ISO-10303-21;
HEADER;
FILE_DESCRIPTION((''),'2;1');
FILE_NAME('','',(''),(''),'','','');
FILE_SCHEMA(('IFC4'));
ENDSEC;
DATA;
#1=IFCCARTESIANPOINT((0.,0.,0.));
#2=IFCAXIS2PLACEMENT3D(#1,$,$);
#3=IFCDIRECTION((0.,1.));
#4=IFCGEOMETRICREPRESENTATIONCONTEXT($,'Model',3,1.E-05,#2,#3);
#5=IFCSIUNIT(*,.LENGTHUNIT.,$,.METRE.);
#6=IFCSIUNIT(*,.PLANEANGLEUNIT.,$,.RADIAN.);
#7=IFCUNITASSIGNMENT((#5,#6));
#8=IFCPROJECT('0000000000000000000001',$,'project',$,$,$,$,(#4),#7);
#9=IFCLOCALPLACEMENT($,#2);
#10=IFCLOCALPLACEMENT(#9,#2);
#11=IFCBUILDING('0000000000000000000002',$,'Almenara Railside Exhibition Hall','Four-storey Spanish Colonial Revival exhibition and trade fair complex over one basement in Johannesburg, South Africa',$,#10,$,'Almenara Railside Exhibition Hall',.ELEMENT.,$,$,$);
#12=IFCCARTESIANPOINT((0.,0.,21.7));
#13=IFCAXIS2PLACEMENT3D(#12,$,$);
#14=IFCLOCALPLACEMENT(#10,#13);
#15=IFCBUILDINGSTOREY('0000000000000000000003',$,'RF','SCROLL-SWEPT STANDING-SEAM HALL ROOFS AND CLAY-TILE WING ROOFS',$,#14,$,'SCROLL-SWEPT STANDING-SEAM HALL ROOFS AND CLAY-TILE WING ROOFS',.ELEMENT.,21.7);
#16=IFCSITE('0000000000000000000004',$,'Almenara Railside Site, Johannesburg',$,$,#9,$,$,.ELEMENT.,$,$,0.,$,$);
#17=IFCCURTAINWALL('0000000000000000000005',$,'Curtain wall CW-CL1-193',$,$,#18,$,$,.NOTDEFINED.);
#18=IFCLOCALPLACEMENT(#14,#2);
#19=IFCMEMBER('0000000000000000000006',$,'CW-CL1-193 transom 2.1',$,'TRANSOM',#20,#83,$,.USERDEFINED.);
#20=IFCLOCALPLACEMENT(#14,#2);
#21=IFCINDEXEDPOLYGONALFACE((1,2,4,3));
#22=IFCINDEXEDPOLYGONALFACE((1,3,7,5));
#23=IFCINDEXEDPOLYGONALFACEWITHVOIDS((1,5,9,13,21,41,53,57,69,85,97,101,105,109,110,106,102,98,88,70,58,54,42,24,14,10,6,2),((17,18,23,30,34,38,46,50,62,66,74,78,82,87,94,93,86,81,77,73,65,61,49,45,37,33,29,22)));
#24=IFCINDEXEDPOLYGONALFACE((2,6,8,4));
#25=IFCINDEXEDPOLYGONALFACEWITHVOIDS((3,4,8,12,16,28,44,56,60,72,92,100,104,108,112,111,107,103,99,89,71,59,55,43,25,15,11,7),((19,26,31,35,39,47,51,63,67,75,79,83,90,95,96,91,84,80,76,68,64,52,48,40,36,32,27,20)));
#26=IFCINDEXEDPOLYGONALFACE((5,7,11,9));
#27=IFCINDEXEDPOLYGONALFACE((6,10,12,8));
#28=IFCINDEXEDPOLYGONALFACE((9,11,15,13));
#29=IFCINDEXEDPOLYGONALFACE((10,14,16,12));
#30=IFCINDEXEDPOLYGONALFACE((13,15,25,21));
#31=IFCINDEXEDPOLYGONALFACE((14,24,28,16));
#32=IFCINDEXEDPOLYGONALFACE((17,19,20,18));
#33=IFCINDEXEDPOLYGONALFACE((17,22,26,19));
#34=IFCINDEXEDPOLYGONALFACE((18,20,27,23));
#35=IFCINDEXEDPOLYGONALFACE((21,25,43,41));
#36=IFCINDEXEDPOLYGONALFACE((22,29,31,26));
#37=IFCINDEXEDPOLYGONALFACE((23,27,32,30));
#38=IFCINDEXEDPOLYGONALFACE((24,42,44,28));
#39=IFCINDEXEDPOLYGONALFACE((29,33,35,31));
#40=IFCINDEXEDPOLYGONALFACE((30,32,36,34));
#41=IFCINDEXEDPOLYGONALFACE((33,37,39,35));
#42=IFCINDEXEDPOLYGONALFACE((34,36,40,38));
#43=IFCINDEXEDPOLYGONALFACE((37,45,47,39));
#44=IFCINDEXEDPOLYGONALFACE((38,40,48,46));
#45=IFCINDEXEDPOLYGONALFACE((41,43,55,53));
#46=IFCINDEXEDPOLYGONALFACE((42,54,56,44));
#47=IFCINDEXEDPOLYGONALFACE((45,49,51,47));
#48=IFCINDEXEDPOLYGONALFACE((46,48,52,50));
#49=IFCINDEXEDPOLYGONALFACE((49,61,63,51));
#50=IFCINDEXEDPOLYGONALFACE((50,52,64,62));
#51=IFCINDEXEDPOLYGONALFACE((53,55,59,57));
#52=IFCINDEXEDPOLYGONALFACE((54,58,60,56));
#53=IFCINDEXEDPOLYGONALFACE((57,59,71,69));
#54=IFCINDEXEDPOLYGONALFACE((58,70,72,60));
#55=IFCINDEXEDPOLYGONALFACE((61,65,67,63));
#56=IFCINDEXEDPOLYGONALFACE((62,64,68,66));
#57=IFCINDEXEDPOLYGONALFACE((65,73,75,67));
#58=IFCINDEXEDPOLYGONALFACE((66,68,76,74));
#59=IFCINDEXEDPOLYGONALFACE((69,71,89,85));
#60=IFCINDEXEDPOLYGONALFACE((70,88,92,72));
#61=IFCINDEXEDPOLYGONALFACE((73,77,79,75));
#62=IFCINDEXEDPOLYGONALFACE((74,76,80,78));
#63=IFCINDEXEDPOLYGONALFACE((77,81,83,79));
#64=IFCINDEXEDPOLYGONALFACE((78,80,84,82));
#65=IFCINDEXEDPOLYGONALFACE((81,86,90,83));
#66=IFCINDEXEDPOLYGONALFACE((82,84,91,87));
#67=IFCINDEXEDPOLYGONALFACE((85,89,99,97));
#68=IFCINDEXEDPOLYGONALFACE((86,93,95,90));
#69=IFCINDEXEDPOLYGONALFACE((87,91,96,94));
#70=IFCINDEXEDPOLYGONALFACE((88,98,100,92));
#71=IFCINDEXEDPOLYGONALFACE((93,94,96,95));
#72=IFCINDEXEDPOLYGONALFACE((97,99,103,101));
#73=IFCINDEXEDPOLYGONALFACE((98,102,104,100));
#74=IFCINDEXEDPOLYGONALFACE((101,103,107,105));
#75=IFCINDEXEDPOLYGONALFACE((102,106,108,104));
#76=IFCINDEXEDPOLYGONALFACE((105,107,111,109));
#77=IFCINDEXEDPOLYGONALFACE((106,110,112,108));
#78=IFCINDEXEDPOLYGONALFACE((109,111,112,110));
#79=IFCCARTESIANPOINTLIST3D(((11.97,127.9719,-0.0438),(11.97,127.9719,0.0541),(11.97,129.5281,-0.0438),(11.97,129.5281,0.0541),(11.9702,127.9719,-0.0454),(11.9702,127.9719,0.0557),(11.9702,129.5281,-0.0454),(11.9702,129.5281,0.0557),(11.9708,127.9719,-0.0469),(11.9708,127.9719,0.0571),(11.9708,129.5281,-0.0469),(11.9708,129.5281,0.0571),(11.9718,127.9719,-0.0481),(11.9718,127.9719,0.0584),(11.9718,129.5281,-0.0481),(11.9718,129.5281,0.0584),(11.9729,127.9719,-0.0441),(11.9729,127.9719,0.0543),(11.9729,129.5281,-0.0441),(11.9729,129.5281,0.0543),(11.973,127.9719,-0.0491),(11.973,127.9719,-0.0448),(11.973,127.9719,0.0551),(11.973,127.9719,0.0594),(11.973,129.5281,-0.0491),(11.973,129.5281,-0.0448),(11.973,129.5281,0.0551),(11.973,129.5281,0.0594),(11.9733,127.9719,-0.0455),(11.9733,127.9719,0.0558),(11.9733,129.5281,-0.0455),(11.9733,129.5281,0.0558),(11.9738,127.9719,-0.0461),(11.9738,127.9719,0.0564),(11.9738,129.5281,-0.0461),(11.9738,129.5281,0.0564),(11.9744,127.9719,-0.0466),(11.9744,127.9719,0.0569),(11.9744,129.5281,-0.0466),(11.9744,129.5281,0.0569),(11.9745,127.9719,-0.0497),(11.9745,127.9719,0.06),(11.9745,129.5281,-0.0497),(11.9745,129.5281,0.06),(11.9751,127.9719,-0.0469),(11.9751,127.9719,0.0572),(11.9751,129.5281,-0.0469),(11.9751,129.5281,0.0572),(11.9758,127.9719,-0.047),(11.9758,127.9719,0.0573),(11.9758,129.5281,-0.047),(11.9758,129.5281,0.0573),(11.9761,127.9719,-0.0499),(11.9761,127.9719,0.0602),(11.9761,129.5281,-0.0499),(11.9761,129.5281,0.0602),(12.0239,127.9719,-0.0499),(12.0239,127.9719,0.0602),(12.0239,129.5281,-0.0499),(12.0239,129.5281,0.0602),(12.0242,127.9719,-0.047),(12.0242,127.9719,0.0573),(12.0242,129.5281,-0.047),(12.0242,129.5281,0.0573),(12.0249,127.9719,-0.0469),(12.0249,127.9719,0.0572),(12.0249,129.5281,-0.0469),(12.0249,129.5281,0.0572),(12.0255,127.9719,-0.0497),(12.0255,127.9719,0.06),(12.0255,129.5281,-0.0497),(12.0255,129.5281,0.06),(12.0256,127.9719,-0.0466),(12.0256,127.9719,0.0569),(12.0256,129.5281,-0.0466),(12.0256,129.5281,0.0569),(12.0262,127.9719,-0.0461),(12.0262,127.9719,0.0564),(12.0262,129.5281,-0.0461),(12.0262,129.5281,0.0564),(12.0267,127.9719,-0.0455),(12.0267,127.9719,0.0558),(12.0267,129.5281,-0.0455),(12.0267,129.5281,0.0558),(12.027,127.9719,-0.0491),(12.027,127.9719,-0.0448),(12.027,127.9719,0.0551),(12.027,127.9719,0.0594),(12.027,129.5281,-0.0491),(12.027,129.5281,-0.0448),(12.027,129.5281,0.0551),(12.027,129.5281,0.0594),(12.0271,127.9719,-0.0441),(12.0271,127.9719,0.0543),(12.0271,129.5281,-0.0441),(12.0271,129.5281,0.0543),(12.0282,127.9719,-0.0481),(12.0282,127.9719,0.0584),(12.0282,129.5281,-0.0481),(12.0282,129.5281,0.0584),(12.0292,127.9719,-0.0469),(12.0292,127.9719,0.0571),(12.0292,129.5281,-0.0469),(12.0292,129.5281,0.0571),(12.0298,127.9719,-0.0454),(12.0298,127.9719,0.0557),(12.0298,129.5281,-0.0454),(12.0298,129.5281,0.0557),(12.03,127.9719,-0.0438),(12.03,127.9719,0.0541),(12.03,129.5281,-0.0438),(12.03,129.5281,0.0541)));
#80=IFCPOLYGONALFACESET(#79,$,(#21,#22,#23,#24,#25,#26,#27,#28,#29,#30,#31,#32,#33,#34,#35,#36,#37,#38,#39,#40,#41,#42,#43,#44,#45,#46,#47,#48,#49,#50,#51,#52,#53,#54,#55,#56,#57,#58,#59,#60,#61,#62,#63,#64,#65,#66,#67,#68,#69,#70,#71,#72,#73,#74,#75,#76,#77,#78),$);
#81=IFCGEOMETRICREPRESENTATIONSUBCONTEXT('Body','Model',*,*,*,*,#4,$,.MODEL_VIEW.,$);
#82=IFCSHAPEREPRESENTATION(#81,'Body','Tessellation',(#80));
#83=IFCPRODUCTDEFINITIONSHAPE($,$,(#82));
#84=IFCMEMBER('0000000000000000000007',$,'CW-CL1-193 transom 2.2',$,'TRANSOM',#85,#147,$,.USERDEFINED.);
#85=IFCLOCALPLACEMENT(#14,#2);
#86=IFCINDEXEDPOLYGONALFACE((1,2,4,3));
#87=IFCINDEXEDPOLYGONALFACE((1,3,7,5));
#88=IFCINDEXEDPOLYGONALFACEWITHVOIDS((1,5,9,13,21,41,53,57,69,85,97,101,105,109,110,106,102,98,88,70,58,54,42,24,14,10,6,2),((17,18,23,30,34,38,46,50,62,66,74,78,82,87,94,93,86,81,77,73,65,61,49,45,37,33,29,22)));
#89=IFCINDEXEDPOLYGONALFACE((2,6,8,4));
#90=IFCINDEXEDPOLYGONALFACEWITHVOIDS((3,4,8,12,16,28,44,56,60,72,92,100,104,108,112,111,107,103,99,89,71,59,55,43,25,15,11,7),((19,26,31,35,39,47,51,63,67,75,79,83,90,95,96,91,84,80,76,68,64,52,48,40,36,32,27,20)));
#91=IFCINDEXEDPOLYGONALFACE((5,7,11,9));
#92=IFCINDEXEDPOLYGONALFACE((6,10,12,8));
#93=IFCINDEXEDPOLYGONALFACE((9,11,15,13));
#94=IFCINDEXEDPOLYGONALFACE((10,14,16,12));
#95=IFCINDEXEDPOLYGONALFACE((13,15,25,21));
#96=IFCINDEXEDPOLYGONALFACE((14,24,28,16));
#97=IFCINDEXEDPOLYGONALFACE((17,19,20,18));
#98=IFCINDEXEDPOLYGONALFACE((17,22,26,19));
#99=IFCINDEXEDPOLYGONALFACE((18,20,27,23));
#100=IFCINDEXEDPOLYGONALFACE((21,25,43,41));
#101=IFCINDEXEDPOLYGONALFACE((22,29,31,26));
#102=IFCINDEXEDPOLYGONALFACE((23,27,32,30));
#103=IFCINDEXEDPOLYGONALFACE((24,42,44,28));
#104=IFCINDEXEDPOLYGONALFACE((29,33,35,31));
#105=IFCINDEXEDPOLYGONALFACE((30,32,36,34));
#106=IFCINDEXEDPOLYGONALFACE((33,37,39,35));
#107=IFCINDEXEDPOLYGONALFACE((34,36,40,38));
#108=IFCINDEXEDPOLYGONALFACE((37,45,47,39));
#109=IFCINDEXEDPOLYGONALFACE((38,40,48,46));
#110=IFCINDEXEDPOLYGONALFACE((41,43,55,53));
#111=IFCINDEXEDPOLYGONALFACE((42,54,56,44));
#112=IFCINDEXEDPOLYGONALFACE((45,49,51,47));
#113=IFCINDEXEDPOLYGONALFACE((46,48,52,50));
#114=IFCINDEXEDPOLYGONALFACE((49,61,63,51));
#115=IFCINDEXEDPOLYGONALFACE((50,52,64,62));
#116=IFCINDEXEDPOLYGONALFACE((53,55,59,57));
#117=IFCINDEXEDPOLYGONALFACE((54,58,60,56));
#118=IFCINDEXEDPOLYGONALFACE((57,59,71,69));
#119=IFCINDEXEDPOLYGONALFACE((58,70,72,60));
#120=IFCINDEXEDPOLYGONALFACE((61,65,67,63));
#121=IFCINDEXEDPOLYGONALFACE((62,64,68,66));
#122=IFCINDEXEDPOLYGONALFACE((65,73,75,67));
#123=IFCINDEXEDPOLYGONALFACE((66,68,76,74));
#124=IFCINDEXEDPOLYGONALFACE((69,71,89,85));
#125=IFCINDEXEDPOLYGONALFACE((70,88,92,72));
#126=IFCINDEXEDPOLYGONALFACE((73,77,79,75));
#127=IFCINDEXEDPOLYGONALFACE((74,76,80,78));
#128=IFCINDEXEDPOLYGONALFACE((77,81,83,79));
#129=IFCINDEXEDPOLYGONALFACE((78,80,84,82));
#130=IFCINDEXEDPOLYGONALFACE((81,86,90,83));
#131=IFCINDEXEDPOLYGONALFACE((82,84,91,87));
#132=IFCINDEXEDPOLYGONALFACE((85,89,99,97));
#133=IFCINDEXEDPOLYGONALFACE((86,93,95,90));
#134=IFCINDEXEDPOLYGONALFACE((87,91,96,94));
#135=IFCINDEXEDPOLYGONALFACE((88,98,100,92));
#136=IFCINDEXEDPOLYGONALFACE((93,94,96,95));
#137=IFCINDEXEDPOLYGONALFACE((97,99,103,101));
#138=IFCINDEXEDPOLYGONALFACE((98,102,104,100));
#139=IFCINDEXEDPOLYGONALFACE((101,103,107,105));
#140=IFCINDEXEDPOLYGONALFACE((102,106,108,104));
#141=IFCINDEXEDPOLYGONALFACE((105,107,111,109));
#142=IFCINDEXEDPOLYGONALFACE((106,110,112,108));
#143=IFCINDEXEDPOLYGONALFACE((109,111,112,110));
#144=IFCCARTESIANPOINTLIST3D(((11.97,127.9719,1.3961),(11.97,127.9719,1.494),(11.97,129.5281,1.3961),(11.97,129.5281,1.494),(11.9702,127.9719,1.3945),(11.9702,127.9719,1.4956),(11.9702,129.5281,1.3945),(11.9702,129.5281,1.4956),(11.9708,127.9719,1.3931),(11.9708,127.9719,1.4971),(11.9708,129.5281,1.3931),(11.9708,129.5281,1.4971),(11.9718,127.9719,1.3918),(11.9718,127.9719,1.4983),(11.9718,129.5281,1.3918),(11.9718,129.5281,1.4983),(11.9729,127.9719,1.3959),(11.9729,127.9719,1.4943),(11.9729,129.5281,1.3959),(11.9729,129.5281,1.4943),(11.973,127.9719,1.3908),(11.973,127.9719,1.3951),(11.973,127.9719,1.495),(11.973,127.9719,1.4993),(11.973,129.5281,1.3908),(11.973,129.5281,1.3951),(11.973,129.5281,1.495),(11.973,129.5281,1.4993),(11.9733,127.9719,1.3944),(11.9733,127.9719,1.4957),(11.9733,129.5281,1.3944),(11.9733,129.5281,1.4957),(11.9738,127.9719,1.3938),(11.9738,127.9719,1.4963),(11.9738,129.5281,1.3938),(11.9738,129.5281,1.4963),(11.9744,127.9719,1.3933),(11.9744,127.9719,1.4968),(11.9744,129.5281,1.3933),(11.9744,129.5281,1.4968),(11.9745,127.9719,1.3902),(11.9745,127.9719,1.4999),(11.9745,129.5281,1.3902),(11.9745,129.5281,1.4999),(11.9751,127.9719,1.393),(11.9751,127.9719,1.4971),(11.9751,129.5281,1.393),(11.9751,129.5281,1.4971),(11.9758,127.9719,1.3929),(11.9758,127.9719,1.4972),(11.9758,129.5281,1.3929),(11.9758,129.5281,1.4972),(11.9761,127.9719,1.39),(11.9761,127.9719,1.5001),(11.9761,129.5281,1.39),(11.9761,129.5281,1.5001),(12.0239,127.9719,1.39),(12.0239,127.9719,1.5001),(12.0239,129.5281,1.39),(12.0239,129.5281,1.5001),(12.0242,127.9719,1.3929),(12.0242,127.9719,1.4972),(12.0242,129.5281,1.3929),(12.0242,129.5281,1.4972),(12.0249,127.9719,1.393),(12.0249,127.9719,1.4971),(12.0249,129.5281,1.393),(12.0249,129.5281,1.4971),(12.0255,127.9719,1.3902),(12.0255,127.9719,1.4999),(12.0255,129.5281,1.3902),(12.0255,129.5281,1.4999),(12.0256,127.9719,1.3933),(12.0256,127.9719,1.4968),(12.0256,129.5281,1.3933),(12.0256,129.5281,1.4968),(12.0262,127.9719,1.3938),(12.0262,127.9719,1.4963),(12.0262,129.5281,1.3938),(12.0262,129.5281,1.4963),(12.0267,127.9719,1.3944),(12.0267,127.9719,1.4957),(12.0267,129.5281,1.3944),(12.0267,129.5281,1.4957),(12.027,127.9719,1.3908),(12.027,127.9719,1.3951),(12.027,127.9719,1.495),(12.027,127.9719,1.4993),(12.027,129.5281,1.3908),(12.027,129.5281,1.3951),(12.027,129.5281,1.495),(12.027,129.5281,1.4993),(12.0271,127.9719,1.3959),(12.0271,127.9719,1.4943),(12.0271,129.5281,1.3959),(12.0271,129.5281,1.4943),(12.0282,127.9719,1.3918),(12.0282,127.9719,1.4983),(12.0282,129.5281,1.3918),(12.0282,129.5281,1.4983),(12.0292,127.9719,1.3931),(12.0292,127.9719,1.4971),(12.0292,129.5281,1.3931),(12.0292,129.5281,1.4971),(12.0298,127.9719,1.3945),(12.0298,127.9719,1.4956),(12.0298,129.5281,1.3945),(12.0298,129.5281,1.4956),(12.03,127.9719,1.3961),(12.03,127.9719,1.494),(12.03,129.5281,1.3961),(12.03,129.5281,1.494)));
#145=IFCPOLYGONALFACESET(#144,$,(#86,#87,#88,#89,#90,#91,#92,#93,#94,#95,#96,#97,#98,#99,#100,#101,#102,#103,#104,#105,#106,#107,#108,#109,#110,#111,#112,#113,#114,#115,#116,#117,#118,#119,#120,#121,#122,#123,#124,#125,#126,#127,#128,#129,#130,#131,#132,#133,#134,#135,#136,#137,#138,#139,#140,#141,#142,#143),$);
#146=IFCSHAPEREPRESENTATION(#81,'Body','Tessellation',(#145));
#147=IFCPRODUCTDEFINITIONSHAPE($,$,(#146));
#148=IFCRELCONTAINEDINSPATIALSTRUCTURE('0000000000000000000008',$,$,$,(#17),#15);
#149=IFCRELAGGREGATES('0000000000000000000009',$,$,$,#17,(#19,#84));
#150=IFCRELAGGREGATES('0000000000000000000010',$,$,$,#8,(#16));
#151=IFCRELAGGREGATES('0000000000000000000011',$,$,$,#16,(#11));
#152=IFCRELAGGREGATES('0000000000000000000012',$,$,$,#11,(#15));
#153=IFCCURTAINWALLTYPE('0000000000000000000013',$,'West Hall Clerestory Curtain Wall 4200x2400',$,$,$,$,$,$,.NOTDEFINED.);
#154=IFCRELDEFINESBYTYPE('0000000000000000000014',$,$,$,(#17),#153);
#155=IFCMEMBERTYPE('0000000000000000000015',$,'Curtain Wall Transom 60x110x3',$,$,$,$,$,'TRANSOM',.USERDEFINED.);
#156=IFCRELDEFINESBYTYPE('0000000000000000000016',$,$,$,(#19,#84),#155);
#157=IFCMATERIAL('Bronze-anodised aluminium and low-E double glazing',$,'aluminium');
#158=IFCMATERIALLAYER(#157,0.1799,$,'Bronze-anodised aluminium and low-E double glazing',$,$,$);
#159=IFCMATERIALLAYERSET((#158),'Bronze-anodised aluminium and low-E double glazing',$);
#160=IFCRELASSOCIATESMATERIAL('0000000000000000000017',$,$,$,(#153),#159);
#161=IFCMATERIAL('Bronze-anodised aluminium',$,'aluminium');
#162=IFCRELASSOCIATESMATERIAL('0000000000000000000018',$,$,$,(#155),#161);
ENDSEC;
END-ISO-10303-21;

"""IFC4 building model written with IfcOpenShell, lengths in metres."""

from ifc_helpers import new_model, si_unit, direction, frame, origin, origin_2d, place, context, subcontext, project, spatial, hollow_rectangle, extrude, material, layer, layer_set, material_profile, profile_set, type_object, element, aggregate, save


model = new_model("IFC4")

# Units and contexts
model_context = context("Model", 3, precision=1e-05, world=origin(), true_north=direction((0.0, 1.0)))
body_context = subcontext(model_context, "Body", "Model", "MODEL_VIEW")
ifc_project = project(units=[si_unit("LENGTHUNIT", "METRE"), si_unit("PLANEANGLEUNIT", "RADIAN")], contexts=[model_context])

# Site, building, storey
site_placement = place(None, origin())
site = spatial("IfcSite", under=ifc_project, at=site_placement, Name="Almenara Railside Site, Johannesburg", CompositionType="ELEMENT", RefElevation=0.0)
building_placement = place(site_placement, origin())
building = spatial("IfcBuilding", under=site, at=building_placement, Name="Almenara Railside Exhibition Hall", Description="Four-storey Spanish Colonial Revival exhibition and trade fair complex over one basement in Johannesburg, South Africa", LongName="Almenara Railside Exhibition Hall", CompositionType="ELEMENT")
storey_placement = place(building_placement, frame((0.0, 0.0, 21.7)))
storey = spatial("IfcBuildingStorey", under=building, at=storey_placement, Name="RF", Description="SCROLL-SWEPT STANDING-SEAM HALL ROOFS AND CLAY-TILE WING ROOFS", LongName="SCROLL-SWEPT STANDING-SEAM HALL ROOFS AND CLAY-TILE WING ROOFS", CompositionType="ELEMENT", Elevation=21.7)

# Curtain wall
ifc_material_1 = material(Name="Bronze-anodised aluminium and low-E double glazing", Category="aluminium")
ifc_layer_1 = layer(ifc_material_1, 0.1799, Name="Bronze-anodised aluminium and low-E double glazing")
ifc_layer_set_1 = layer_set([ifc_layer_1], Name="Bronze-anodised aluminium and low-E double glazing")
curtain_wall_type_1 = type_object("IfcCurtainWallType", Name="West Hall Clerestory Curtain Wall 4200x2400", PredefinedType="NOTDEFINED", material=ifc_layer_set_1)
curtain_wall_1_placement = place(storey_placement, origin())
curtain_wall_1 = element("IfcCurtainWall", 1, at=curtain_wall_1_placement, inside=storey, type_object=curtain_wall_type_1, Name="Curtain wall CW-CL1-193", PredefinedType="NOTDEFINED")
ifc_material_2 = material(Name="Bronze-anodised aluminium", Category="aluminium")

# Members
ifc_material_profile_1 = material_profile(ifc_material_2, hollow_rectangle(XDim=0.0601, YDim=0.1101, WallThickness=0.0029, InnerFilletRadius=0.0029, OuterFilletRadius=0.0061, at=origin_2d()), Name="ALU-TRN 60x110x3")
ifc_profile_set_1 = profile_set([ifc_material_profile_1], Name="Bronze-anodised aluminium")
member_type_1 = type_object("IfcMemberType", Name="Curtain Wall Transom 60x110x3", ElementType="TRANSOM", PredefinedType="USERDEFINED", material=ifc_profile_set_1)
member_1_placement = place(storey_placement, frame((12.0, 127.9719, 0.0051), z_axis=(0.0, 1.0, 0.0), x_axis=(-1.0, 0.0, 0.0)))
member_1 = element("IfcMember", 2, at=member_1_placement, type_object=member_type_1, Name="CW-CL1-193 transom 2.1", ObjectType="TRANSOM", PredefinedType="USERDEFINED", context=body_context, shape_type="SweptSolid", body=[
    extrude(hollow_rectangle(XDim=0.0601, YDim=0.1101, WallThickness=0.0029, InnerFilletRadius=0.0029, OuterFilletRadius=0.0061, at=origin_2d()), origin(), (0.0, 0.0, 1.0), 1.5562),
])
member_2_placement = place(storey_placement, frame((12.0, 127.9719, 1.4451), z_axis=(0.0, 1.0, 0.0), x_axis=(-1.0, 0.0, 0.0)))
member_2 = element("IfcMember", 3, at=member_2_placement, type_object=member_type_1, Name="CW-CL1-193 transom 2.2", ObjectType="TRANSOM", PredefinedType="USERDEFINED", context=body_context, shape_type="SweptSolid", body=[
    extrude(hollow_rectangle(XDim=0.0601, YDim=0.1101, WallThickness=0.0029, InnerFilletRadius=0.0029, OuterFilletRadius=0.0061, at=origin_2d()), origin(), (0.0, 0.0, 1.0), 1.5562),
])

aggregate(curtain_wall_1, [member_1, member_2])

save(model, "model.ifc")
